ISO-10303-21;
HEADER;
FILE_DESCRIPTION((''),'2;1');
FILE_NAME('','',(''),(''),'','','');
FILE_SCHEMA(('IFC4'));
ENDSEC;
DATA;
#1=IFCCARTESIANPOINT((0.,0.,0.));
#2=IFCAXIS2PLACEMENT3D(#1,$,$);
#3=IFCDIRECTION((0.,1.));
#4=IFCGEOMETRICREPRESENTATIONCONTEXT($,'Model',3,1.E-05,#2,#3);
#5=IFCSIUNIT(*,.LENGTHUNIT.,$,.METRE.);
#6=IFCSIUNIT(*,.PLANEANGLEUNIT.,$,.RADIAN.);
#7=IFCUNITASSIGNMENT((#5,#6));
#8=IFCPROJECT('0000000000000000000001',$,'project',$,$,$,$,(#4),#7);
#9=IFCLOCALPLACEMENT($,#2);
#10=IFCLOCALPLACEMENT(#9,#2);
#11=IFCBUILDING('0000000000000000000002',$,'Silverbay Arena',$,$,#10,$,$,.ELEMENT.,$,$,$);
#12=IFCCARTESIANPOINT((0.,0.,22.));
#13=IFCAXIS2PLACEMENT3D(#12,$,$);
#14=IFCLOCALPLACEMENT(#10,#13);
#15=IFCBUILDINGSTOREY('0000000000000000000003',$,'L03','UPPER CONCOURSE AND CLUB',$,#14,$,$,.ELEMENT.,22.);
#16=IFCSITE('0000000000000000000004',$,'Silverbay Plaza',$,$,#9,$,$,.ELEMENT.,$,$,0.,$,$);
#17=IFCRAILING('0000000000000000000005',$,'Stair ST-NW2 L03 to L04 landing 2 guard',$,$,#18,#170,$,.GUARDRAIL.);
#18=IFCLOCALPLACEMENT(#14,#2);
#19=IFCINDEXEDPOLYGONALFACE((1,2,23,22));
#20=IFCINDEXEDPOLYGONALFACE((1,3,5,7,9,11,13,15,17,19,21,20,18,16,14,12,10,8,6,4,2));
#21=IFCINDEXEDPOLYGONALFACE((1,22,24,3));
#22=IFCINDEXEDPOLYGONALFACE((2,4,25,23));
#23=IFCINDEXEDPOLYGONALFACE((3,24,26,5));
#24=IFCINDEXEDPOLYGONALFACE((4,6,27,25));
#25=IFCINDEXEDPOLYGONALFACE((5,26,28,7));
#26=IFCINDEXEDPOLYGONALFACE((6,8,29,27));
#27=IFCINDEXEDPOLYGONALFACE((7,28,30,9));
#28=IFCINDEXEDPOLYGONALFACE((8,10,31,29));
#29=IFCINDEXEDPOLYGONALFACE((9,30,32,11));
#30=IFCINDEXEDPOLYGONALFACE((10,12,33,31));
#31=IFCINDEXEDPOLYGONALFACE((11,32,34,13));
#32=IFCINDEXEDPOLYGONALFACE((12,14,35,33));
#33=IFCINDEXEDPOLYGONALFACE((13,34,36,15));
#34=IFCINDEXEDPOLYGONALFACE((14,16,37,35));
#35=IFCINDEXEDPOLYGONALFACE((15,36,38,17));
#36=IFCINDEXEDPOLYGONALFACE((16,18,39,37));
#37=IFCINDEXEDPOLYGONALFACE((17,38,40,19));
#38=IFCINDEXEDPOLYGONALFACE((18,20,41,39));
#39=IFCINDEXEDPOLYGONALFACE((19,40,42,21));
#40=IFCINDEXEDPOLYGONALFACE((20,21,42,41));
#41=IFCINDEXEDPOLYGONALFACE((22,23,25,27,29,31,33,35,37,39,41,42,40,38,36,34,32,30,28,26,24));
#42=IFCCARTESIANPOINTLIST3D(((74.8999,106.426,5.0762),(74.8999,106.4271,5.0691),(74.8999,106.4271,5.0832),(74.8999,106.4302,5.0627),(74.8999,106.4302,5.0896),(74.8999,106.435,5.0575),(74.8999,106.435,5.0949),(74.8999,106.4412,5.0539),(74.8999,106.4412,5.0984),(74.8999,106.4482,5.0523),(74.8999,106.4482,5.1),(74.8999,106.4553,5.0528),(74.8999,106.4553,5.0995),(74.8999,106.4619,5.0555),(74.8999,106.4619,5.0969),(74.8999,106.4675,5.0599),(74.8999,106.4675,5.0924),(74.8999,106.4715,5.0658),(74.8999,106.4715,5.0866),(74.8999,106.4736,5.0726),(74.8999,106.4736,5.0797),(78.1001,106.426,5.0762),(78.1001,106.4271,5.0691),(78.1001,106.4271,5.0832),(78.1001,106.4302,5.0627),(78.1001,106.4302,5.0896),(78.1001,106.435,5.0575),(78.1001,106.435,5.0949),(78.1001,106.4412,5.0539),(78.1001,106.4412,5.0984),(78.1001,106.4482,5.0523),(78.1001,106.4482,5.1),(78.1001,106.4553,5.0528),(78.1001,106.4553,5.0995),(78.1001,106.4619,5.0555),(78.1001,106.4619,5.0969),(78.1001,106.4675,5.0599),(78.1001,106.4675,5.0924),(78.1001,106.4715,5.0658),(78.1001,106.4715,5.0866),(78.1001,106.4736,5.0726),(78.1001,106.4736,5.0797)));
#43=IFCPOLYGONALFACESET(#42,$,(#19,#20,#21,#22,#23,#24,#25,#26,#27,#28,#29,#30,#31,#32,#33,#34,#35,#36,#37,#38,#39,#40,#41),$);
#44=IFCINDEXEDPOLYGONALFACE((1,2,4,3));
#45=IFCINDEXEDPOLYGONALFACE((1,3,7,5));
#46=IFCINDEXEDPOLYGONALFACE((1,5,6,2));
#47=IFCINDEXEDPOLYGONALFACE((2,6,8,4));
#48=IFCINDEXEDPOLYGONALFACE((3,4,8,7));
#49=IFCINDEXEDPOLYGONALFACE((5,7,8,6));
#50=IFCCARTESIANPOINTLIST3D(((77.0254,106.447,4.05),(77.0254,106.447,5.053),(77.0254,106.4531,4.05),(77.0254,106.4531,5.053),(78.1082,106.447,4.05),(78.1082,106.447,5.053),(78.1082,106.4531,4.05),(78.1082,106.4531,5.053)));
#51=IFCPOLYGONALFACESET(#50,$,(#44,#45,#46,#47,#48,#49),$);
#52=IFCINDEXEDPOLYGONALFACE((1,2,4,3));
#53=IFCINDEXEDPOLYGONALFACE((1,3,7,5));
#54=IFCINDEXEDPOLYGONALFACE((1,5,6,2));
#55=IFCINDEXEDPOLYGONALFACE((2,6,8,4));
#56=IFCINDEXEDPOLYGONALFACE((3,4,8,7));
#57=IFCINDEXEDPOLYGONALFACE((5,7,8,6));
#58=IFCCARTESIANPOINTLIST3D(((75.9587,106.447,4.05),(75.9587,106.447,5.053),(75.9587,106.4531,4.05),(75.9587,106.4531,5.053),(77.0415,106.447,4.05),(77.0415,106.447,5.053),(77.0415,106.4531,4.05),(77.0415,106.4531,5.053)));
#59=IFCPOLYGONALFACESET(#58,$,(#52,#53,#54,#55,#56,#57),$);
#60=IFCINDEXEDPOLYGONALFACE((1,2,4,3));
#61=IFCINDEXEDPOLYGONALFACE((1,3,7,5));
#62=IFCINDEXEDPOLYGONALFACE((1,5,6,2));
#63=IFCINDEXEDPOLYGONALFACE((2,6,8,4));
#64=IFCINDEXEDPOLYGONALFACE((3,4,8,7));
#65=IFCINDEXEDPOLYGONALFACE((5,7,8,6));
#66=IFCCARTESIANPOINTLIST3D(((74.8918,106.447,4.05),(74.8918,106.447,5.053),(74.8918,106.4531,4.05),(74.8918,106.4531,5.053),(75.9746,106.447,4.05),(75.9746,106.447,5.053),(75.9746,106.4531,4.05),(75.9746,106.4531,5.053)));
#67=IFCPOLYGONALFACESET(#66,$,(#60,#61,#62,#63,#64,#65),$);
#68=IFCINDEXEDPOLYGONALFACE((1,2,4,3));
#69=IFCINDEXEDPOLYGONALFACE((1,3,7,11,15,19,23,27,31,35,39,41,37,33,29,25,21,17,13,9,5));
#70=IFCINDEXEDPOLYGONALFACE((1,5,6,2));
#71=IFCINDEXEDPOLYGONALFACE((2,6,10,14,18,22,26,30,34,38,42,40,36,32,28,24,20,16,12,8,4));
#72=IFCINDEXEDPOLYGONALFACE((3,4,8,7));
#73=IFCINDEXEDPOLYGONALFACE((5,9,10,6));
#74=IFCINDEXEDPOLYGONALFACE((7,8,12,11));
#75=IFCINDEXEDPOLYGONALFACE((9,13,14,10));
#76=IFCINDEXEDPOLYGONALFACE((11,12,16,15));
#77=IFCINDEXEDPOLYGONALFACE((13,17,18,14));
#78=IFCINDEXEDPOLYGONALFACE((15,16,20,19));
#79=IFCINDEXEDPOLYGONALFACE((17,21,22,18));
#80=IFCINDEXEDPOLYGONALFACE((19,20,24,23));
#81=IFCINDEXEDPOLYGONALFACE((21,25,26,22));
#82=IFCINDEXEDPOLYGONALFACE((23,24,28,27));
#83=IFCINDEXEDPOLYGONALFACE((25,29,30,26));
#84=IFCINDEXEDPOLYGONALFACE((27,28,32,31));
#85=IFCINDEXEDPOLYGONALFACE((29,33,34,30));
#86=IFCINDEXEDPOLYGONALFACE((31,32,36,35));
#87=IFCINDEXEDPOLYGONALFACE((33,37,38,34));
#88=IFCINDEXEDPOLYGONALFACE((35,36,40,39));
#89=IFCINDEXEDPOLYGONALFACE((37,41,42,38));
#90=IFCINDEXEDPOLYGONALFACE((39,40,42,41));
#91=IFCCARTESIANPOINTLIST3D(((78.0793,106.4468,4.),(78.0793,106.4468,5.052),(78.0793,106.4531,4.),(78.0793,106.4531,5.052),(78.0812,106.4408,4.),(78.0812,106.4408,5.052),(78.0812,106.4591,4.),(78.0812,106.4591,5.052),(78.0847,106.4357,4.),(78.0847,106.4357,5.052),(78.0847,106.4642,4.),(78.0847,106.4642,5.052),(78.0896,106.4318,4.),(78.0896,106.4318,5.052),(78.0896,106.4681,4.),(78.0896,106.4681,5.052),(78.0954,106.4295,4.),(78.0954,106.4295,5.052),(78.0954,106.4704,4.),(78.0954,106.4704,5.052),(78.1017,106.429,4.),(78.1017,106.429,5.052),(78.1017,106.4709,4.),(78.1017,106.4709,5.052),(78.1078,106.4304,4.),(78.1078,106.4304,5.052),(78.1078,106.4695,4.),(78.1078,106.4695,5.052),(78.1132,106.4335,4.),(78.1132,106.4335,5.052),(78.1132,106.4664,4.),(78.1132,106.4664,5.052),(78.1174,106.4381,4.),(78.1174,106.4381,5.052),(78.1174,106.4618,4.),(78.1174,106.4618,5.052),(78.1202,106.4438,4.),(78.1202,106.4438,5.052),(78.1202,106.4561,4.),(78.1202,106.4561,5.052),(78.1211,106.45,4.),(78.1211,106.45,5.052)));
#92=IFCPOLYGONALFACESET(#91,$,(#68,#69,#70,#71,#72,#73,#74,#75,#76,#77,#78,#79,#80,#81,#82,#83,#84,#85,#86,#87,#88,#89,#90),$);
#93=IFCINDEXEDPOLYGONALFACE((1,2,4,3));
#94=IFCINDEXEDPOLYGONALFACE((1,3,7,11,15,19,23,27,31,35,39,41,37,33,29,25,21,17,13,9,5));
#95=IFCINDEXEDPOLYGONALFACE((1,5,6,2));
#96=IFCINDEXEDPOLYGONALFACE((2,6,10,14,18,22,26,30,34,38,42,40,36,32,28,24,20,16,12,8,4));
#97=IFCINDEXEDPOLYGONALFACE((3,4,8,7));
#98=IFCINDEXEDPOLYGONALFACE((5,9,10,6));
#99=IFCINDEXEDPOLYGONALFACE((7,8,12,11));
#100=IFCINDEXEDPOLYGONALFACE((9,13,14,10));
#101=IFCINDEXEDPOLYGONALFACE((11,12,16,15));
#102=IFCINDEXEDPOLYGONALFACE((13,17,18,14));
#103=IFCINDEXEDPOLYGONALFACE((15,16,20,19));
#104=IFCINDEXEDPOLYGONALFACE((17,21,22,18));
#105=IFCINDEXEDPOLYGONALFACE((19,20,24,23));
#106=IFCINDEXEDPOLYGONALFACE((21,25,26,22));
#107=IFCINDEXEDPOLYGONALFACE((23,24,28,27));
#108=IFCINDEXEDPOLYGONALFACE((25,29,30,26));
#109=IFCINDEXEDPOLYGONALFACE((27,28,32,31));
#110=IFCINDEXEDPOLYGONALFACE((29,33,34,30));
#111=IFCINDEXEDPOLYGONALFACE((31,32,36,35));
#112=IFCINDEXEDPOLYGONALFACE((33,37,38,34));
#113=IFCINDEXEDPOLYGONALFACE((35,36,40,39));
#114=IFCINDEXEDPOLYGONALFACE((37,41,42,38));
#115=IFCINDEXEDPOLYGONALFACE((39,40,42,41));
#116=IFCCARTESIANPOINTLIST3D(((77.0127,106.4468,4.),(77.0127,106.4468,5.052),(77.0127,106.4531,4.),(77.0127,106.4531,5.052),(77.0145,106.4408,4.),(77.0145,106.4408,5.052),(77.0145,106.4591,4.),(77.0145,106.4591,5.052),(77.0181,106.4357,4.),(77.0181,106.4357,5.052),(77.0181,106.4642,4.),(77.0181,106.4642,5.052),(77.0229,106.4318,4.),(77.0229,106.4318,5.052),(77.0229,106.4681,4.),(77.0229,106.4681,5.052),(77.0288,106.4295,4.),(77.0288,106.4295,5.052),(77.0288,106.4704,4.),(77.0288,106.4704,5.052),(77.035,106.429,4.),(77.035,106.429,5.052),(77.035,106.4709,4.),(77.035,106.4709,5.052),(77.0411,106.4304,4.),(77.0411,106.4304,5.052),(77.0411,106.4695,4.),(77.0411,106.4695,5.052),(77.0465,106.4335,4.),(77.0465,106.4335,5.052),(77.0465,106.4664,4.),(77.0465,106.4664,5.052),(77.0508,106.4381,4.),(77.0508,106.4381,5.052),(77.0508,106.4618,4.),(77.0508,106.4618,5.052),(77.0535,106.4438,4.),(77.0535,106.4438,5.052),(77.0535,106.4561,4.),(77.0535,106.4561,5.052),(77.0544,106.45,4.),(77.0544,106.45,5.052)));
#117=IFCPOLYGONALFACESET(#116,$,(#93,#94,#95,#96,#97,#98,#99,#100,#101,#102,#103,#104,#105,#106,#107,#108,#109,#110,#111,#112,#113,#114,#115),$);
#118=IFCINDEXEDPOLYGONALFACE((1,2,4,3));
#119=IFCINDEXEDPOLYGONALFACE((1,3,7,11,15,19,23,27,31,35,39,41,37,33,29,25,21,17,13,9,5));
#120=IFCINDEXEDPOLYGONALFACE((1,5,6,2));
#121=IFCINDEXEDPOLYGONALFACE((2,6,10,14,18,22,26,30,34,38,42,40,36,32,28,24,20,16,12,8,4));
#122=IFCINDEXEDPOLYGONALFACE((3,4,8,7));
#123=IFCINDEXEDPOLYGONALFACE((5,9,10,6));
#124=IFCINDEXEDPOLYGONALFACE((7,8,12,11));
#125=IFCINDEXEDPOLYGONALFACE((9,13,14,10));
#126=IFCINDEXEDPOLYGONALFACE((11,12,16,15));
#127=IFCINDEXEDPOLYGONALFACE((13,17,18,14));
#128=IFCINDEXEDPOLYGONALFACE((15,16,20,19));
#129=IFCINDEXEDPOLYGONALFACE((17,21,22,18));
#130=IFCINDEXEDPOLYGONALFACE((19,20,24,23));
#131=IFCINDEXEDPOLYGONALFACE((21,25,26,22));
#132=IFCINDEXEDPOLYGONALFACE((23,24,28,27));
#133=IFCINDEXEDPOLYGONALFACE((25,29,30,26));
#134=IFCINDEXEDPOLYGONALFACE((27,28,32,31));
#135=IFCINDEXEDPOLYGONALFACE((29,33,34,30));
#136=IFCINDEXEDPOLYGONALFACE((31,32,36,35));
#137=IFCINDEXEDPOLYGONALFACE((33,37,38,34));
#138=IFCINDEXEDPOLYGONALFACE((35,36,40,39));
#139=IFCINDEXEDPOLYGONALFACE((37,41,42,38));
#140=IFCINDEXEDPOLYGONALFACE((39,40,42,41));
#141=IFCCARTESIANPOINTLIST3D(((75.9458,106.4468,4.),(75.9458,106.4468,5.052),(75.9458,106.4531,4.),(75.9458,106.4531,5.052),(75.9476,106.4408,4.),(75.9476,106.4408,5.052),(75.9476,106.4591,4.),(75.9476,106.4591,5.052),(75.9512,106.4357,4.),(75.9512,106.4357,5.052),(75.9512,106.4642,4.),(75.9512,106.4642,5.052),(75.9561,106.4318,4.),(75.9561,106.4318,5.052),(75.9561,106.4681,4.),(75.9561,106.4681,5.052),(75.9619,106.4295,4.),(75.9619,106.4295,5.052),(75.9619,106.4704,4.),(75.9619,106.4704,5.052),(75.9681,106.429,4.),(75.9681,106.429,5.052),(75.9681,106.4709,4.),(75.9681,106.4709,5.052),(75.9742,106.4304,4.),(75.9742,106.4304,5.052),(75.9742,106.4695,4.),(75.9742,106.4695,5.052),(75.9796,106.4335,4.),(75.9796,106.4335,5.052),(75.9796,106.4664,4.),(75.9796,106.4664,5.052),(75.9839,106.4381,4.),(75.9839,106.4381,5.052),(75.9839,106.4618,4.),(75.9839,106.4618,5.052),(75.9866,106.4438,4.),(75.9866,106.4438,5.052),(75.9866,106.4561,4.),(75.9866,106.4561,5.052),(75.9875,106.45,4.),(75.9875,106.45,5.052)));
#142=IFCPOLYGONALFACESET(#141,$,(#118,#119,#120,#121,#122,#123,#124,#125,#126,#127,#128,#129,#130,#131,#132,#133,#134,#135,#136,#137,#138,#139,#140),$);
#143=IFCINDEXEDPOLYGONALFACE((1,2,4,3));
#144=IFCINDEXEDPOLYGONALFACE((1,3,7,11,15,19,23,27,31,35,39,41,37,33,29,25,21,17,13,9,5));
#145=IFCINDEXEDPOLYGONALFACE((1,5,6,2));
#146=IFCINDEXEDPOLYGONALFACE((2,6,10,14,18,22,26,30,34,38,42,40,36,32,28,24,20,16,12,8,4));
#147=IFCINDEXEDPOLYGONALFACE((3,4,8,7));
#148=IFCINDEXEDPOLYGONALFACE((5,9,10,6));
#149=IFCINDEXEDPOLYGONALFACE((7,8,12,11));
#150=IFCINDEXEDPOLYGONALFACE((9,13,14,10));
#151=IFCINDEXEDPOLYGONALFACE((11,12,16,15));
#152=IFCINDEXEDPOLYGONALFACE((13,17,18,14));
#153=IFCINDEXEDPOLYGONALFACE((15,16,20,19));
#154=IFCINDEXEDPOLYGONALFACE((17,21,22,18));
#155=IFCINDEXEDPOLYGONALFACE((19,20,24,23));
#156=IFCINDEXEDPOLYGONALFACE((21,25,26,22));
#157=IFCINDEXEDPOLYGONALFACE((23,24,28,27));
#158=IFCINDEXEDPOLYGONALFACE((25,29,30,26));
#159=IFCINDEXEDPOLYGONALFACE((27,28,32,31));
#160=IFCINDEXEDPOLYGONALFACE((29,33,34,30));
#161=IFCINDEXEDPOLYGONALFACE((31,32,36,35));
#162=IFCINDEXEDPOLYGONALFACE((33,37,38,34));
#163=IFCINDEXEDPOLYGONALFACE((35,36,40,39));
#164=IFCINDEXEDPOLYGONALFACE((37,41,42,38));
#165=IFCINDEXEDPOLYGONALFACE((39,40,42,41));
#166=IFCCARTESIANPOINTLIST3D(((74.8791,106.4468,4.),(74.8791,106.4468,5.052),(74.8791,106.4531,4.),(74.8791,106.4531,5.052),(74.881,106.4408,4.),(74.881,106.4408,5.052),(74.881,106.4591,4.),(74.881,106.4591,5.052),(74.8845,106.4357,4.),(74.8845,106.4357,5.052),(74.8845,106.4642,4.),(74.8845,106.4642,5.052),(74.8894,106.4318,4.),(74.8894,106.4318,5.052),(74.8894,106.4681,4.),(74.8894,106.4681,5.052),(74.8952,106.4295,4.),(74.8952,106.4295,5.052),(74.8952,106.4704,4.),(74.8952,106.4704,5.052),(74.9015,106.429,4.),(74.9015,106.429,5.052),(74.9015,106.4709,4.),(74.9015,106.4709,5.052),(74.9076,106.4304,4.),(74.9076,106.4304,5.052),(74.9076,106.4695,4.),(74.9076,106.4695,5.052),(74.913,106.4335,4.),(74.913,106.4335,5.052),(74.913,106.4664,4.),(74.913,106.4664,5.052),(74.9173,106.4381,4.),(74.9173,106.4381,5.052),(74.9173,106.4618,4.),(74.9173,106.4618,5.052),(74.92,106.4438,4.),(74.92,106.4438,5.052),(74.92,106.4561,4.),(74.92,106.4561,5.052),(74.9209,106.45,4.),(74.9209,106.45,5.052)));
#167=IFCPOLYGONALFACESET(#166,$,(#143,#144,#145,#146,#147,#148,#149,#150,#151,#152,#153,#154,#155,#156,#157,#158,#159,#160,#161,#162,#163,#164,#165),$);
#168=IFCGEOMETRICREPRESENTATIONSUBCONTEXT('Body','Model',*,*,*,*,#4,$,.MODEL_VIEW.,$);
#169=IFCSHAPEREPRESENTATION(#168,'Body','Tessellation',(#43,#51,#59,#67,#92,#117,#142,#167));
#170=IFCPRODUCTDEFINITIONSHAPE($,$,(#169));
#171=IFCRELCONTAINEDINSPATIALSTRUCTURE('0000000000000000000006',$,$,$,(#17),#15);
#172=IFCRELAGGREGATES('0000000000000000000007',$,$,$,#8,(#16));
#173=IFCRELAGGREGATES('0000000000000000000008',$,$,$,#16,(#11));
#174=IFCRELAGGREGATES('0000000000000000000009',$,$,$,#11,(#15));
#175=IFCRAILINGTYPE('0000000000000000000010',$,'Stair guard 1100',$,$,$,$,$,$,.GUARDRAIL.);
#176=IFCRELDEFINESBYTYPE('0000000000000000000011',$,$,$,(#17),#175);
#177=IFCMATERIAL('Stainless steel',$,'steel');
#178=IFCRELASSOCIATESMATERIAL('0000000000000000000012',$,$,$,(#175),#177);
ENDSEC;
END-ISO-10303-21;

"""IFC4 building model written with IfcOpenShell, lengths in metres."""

from ifc_helpers import new_model, si_unit, direction, frame, origin, origin_2d, place, context, subcontext, project, spatial, polyline, circle, outline, extrude, material, type_object, element, save


model = new_model("IFC4")

# Units and contexts
model_context = context("Model", 3, precision=1e-05, world=origin(), true_north=direction((0.0, 1.0)))
body_context = subcontext(model_context, "Body", "Model", "MODEL_VIEW")
ifc_project = project(units=[si_unit("LENGTHUNIT", "METRE"), si_unit("PLANEANGLEUNIT", "RADIAN")], contexts=[model_context])

# Site, building, storey
site_placement = place(None, origin())
site = spatial("IfcSite", under=ifc_project, at=site_placement, Name="Silverbay Plaza", CompositionType="ELEMENT", RefElevation=0.0)
building_placement = place(site_placement, origin())
building = spatial("IfcBuilding", under=site, at=building_placement, Name="Silverbay Arena", CompositionType="ELEMENT")
storey_placement = place(building_placement, frame((0.0, 0.0, 22.0)))
storey = spatial("IfcBuildingStorey", under=building, at=storey_placement, Name="L03", Description="UPPER CONCOURSE AND CLUB", CompositionType="ELEMENT", Elevation=22.0)

# Railing
ifc_material_1 = material(Name="Stainless steel", Category="steel")
railing_type_1 = type_object("IfcRailingType", Name="Stair guard 1100", PredefinedType="GUARDRAIL", material=ifc_material_1)
for number, where, name in (
    (1, (78.1001, 106.45, 4.0), "Stair ST-NW2 L03 to L04 landing 2 guard"),
):
    element("IfcRailing", number, at=place(storey_placement, frame(where)), inside=storey, type_object=railing_type_1, Name=name, PredefinedType="GUARDRAIL", context=body_context, shape_type="SweptSolid", body=[
        extrude(circle(Radius=0.0239, at=origin_2d()), frame((0.0, 0.0, 1.0762), z_axis=(-1.0, 0.0, 0.0), x_axis=(0.0, -1.0, 0.0)), (0.0, 0.0, 1.0), 3.2002),
        extrude(outline(polyline([(-0.0081, 0.05), (1.0747, 0.05), (1.0747, 1.053), (-0.0081, 1.053), (-0.0081, 0.05)])), frame((0.0, -0.0029, 0.0), z_axis=(0.0, 1.0, 0.0), x_axis=(-1.0, 0.0, 0.0)), (0.0, 0.0, 1.0), 0.0061),
        extrude(outline(polyline([(-0.0081, 0.05), (1.0747, 0.05), (1.0747, 1.053), (-0.0081, 1.053), (-0.0081, 0.05)])), frame((-1.0667, -0.0029, 0.0), z_axis=(0.0, 1.0, 0.0), x_axis=(-1.0, 0.0, 0.0)), (0.0, 0.0, 1.0), 0.0061),
        extrude(outline(polyline([(-0.0081, 0.05), (1.0747, 0.05), (1.0747, 1.053), (-0.0081, 1.053), (-0.0081, 0.05)])), frame((-2.1335, -0.0029, 0.0), z_axis=(0.0, 1.0, 0.0), x_axis=(-1.0, 0.0, 0.0)), (0.0, 0.0, 1.0), 0.0061),
        extrude(circle(Radius=0.021, at=origin_2d()), origin(), (0.0, 0.0, 1.0), 1.052),
        extrude(circle(Radius=0.021, at=origin_2d()), frame((-1.0667, 0.0, 0.0)), (0.0, 0.0, 1.0), 1.052),
        extrude(circle(Radius=0.021, at=origin_2d()), frame((-2.1335, 0.0, 0.0)), (0.0, 0.0, 1.0), 1.052),
        extrude(circle(Radius=0.021, at=origin_2d()), frame((-3.2002, 0.0, 0.0)), (0.0, 0.0, 1.0), 1.052),
    ])

save(model, "model.ifc")
